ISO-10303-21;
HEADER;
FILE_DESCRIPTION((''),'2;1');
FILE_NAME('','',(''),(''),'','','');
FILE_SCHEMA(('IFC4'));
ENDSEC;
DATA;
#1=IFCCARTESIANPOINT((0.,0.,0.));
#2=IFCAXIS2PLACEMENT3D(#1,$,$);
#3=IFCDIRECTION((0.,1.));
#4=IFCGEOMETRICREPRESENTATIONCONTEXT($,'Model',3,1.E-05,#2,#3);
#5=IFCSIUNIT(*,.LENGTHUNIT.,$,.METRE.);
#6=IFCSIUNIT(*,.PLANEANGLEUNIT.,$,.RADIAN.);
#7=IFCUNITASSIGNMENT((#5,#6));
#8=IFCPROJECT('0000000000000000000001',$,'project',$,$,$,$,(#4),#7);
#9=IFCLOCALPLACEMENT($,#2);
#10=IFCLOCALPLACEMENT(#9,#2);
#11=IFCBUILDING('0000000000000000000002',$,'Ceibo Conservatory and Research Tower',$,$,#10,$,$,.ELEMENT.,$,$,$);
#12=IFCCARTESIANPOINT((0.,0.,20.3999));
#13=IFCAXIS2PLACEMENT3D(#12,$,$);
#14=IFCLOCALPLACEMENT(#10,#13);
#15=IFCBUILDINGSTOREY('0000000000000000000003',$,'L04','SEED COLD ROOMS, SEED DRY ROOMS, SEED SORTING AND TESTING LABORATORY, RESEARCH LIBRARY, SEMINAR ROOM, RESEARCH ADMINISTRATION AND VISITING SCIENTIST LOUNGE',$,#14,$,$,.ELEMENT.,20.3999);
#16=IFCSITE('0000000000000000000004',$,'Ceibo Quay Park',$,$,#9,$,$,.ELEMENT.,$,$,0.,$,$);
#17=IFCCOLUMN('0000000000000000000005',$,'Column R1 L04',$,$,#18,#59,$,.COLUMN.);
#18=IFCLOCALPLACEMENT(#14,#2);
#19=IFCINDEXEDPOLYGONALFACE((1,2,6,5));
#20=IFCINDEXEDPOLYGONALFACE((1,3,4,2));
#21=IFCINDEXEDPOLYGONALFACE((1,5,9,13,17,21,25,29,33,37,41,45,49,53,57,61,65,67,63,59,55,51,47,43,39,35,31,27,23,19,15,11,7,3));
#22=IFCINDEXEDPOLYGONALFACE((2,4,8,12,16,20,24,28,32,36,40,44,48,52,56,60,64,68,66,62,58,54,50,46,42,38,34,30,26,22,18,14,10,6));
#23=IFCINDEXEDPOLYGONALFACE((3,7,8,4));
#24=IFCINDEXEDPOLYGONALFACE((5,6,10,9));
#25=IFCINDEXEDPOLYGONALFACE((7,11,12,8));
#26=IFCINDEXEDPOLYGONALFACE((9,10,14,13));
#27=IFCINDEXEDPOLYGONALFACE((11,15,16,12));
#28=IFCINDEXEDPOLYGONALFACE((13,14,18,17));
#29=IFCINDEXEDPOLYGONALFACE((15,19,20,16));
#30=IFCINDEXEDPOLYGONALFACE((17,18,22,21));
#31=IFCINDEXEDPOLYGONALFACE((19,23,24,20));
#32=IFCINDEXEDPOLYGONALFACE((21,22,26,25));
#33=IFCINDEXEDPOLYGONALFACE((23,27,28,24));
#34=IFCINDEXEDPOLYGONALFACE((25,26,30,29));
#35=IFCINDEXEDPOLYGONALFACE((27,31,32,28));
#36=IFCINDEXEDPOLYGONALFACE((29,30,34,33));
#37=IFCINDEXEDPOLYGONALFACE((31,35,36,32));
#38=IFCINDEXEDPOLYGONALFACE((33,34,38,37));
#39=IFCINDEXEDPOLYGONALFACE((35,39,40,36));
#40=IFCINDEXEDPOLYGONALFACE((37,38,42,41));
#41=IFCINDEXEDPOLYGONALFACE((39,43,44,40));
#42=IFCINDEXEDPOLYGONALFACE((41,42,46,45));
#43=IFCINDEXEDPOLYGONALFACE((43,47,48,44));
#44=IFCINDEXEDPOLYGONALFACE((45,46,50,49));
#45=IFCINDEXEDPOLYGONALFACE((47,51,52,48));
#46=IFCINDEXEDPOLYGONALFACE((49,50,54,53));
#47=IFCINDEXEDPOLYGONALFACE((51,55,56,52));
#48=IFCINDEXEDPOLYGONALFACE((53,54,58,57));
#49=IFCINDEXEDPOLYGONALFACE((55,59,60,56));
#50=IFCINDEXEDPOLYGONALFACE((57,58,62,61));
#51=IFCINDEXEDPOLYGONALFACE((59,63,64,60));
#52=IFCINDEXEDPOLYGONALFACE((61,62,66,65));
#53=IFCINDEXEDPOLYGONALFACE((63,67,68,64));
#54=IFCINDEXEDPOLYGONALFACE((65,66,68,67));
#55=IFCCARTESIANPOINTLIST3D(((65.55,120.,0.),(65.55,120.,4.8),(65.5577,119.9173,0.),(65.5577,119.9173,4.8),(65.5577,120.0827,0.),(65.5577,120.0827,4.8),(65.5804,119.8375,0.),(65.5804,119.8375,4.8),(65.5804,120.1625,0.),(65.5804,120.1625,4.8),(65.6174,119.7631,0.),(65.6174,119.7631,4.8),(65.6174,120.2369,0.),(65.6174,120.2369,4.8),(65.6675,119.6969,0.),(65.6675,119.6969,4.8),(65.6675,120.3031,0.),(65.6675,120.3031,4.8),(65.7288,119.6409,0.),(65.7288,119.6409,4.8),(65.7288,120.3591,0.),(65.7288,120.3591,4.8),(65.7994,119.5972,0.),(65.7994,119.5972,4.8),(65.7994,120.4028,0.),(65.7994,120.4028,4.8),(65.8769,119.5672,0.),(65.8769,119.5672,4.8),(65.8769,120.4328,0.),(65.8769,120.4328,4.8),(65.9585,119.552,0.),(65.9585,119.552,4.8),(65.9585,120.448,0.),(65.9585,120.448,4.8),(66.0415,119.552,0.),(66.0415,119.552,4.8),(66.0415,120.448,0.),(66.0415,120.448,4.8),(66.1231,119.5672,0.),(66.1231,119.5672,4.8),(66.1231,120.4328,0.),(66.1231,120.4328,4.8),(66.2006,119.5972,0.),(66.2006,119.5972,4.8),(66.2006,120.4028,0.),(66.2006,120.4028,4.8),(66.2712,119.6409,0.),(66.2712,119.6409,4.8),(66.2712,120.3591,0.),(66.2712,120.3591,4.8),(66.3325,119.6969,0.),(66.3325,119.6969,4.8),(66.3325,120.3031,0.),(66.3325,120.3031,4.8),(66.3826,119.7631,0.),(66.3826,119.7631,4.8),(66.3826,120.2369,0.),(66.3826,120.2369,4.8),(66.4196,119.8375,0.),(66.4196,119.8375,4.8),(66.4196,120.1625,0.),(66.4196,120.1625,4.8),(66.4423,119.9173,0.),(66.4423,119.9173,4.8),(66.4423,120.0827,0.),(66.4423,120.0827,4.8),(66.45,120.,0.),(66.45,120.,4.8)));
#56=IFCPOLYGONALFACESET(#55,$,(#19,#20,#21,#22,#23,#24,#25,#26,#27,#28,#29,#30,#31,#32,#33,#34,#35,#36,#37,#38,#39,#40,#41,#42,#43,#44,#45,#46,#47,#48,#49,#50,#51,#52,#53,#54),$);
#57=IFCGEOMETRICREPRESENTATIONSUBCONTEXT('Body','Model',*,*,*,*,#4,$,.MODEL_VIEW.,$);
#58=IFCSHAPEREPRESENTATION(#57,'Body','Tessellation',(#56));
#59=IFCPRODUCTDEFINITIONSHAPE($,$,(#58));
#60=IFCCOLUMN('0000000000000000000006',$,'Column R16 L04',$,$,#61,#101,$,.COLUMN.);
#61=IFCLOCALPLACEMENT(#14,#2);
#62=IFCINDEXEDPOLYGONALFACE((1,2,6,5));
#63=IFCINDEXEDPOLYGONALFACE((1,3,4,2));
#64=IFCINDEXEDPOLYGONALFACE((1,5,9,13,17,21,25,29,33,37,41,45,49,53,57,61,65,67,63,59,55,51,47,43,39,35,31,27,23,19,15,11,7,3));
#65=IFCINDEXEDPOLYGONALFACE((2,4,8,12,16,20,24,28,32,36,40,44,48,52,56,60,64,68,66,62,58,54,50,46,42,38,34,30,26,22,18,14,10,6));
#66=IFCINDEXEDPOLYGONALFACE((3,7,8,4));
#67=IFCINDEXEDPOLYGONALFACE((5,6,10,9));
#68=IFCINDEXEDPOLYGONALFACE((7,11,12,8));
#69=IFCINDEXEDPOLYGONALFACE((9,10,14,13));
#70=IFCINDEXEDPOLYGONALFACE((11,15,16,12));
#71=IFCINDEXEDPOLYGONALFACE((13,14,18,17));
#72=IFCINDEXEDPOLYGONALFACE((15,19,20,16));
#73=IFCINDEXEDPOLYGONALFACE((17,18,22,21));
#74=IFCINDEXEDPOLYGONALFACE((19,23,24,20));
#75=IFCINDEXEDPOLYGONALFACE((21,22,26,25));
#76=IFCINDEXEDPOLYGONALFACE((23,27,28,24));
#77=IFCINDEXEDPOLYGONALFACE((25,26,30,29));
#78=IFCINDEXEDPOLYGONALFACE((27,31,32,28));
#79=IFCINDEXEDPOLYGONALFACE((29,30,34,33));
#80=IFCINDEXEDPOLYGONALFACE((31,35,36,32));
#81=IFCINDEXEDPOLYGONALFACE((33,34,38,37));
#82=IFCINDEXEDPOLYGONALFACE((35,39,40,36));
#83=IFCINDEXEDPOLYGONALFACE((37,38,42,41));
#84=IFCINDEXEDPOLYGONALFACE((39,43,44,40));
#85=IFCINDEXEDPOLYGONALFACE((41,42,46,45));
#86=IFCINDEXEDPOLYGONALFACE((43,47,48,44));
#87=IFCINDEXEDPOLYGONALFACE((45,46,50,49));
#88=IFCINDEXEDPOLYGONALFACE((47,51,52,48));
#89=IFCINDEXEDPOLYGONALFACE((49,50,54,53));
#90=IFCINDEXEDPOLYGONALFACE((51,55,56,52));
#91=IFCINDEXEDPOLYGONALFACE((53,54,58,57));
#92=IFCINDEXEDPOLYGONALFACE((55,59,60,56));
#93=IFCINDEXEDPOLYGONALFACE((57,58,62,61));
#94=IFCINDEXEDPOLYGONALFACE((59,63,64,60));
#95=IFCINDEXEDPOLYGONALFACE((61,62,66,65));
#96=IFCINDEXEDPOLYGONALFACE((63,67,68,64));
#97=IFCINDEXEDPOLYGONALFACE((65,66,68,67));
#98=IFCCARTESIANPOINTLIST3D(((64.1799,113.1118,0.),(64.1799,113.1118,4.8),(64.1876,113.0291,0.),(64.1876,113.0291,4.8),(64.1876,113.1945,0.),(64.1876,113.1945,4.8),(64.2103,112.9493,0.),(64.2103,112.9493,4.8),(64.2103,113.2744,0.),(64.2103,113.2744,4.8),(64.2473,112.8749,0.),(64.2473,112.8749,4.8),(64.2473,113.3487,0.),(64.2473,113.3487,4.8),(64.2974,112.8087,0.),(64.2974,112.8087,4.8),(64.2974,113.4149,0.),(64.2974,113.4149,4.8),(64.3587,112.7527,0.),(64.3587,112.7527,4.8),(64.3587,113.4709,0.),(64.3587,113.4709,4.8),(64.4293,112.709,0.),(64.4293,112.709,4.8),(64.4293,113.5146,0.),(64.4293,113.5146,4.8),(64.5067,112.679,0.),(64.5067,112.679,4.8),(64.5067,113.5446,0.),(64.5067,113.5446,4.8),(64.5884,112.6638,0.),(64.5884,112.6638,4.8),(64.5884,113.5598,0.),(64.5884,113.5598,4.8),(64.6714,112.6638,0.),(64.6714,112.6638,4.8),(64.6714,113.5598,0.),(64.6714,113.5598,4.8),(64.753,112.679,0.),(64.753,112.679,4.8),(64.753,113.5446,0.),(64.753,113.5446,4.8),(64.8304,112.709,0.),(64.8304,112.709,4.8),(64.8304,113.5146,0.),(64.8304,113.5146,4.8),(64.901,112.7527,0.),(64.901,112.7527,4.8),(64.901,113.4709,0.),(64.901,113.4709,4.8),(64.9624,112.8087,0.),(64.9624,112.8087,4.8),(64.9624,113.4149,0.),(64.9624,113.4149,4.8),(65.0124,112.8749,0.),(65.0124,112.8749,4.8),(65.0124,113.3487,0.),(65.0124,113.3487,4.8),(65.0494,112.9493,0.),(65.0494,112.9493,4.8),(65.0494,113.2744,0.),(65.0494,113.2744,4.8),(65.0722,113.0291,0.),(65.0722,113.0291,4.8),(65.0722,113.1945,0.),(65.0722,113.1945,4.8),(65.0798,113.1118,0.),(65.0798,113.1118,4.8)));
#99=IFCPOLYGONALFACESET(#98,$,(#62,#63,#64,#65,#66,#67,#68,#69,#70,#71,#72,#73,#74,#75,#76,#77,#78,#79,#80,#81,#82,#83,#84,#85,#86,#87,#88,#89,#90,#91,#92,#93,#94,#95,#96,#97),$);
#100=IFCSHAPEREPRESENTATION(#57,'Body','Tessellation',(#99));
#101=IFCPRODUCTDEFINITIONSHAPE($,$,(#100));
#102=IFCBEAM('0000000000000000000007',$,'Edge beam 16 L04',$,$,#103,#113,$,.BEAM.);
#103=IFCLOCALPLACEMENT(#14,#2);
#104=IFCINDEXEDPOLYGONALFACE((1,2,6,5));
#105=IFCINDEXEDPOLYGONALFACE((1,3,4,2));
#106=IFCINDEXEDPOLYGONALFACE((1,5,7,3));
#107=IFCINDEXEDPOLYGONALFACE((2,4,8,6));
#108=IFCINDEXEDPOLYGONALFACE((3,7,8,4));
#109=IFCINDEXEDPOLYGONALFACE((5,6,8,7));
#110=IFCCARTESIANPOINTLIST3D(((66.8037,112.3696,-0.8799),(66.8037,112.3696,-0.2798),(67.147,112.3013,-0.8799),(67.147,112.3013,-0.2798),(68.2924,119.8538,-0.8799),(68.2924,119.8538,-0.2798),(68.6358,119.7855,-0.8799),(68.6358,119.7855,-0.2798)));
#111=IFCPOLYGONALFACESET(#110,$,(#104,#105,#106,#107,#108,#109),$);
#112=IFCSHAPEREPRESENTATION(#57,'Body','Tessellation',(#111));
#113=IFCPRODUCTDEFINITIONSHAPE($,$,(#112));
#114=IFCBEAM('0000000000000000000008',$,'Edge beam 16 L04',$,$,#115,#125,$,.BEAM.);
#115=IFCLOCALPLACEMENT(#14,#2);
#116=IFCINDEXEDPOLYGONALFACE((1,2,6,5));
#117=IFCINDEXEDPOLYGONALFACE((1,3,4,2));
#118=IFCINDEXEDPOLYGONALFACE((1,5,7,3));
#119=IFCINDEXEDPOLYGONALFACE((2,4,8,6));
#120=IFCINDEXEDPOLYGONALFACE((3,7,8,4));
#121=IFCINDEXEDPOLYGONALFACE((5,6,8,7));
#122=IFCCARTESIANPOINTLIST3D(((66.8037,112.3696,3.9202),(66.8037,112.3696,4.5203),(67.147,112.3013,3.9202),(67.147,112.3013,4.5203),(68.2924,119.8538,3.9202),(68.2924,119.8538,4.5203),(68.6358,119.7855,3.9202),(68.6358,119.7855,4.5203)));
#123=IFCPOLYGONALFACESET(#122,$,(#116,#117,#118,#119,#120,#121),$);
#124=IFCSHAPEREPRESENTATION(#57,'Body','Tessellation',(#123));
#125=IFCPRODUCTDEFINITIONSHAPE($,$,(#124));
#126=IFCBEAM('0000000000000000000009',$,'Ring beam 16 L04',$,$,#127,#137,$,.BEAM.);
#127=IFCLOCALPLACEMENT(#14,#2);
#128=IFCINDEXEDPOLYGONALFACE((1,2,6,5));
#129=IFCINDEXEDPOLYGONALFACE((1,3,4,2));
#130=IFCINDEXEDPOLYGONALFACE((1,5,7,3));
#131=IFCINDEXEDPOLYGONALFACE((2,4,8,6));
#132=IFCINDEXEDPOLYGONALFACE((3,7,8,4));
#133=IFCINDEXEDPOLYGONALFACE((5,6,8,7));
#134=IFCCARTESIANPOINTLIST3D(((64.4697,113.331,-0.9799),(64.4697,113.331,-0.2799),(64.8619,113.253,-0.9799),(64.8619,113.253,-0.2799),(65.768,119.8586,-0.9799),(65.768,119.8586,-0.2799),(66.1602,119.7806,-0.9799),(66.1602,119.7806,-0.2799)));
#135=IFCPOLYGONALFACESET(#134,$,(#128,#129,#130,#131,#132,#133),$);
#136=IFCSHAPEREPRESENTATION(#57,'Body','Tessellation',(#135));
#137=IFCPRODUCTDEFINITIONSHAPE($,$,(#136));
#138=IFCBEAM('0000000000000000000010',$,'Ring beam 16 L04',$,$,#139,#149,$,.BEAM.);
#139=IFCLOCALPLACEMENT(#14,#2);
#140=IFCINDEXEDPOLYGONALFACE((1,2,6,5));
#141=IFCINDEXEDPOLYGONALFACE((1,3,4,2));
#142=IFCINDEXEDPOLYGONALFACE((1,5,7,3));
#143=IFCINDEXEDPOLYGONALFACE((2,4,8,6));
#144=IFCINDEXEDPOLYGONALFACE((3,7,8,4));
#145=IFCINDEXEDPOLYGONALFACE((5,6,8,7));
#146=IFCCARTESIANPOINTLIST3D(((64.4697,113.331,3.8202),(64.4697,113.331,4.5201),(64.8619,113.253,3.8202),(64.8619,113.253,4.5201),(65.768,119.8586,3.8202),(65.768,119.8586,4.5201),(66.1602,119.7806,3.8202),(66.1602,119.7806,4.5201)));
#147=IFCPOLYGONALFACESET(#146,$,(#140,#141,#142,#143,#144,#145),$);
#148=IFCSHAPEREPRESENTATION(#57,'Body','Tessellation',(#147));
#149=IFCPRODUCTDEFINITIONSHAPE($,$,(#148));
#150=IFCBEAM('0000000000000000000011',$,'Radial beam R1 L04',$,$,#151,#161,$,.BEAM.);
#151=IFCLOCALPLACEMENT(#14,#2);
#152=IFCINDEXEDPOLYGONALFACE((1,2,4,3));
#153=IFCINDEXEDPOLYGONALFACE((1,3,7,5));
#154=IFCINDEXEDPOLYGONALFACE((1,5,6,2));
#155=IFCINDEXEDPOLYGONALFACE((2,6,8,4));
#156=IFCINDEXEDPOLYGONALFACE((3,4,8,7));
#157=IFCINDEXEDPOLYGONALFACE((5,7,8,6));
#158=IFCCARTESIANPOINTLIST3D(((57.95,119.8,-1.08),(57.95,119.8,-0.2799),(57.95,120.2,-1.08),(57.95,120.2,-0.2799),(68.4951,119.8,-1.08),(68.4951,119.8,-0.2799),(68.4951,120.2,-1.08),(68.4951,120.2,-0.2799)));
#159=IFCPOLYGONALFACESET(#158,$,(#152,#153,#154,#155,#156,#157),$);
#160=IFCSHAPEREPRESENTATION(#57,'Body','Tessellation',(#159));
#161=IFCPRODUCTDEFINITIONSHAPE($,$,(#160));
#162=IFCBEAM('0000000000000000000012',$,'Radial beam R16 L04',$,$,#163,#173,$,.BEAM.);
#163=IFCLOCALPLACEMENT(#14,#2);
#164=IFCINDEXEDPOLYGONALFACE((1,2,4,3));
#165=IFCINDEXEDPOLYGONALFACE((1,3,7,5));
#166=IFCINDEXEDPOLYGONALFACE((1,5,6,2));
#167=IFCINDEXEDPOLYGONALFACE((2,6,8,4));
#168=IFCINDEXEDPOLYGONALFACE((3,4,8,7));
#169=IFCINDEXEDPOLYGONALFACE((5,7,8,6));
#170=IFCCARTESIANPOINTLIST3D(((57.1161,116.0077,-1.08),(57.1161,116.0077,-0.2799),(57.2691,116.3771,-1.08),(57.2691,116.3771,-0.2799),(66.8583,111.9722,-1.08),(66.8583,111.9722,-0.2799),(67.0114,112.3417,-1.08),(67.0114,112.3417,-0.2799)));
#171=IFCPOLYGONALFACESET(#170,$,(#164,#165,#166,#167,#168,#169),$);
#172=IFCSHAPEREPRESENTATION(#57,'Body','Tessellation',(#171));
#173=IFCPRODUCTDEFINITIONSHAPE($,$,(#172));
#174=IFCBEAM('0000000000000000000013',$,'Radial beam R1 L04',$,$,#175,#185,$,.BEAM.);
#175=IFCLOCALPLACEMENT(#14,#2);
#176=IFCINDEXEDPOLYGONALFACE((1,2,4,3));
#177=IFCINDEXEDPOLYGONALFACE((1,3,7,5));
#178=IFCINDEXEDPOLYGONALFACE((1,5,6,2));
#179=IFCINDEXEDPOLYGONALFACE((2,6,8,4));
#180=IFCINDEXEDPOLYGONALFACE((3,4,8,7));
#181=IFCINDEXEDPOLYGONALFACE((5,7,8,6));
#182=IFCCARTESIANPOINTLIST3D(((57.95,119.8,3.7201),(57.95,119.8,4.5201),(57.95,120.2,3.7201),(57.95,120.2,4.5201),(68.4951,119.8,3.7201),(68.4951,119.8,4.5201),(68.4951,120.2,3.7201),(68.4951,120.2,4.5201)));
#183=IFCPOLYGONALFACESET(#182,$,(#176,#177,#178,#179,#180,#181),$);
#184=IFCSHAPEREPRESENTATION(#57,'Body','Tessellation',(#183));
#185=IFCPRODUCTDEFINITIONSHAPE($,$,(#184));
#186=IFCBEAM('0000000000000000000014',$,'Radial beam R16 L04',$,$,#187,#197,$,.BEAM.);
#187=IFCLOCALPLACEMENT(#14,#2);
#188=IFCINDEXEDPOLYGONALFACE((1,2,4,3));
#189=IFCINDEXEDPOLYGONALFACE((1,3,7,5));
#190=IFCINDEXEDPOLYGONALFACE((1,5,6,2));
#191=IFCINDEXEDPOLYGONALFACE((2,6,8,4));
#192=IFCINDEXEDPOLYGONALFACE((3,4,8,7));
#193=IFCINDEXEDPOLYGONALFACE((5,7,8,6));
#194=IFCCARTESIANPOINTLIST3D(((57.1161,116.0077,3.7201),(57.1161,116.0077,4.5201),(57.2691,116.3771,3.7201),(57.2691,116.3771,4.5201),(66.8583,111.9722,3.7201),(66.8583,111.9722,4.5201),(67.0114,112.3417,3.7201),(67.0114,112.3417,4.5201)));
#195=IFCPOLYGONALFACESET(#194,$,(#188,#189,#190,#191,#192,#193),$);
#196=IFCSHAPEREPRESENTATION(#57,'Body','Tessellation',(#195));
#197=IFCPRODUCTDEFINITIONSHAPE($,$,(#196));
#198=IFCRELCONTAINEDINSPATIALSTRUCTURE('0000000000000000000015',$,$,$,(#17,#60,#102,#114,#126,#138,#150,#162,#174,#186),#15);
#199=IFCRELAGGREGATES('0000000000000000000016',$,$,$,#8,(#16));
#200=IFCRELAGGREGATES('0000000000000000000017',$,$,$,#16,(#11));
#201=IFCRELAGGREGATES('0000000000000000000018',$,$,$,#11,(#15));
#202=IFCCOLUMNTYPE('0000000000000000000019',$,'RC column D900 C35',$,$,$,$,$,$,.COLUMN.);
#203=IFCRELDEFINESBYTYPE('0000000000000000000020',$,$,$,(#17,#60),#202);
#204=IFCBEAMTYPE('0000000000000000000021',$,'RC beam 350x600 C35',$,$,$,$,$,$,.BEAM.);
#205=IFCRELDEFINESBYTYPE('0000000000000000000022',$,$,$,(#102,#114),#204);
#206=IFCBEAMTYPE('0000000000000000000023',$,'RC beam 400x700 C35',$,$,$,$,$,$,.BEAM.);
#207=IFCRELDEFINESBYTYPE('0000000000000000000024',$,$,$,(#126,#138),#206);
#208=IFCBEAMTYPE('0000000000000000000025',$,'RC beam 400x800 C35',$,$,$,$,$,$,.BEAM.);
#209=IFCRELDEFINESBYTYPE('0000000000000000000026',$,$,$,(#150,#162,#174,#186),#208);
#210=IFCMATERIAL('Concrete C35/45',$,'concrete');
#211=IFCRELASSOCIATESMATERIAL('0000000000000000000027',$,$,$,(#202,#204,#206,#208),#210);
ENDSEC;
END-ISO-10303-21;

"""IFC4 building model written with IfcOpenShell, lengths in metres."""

from ifc_helpers import new_model, si_unit, direction, frame, origin, origin_2d, place, context, subcontext, project, spatial, rectangle, circle, extrude, material, material_profile, profile_set, type_object, element, save


model = new_model("IFC4")

# Units and contexts
model_context = context("Model", 3, precision=1e-05, world=origin(), true_north=direction((0.0, 1.0)))
body_context = subcontext(model_context, "Body", "Model", "MODEL_VIEW")
ifc_project = project(units=[si_unit("LENGTHUNIT", "METRE"), si_unit("PLANEANGLEUNIT", "RADIAN")], contexts=[model_context])

# Site, building, storey
site_placement = place(None, origin())
site = spatial("IfcSite", under=ifc_project, at=site_placement, Name="Ceibo Quay Park", CompositionType="ELEMENT", RefElevation=0.0)
building_placement = place(site_placement, origin())
building = spatial("IfcBuilding", under=site, at=building_placement, Name="Ceibo Conservatory and Research Tower", CompositionType="ELEMENT")
storey_placement = place(building_placement, frame((0.0, 0.0, 20.3999)))
storey = spatial("IfcBuildingStorey", under=building, at=storey_placement, Name="L04", Description="SEED COLD ROOMS, SEED DRY ROOMS, SEED SORTING AND TESTING LABORATORY, RESEARCH LIBRARY, SEMINAR ROOM, RESEARCH ADMINISTRATION AND VISITING SCIENTIST LOUNGE", CompositionType="ELEMENT", Elevation=20.3999)

# Columns
ifc_material_1 = material(Name="Concrete C35/45", Category="concrete")
ifc_material_profile_1 = material_profile(ifc_material_1, circle(Radius=0.45, at=origin_2d()), Name="RC D900")
ifc_profile_set_1 = profile_set([ifc_material_profile_1], Name="Concrete C35/45")
column_type = type_object("IfcColumnType", Name="RC column D900 C35", PredefinedType="COLUMN", material=ifc_profile_set_1)
for number, where, z_axis, x_axis, name in (
    (1, (66.0, 120.0, 0.0), (0.0, 0.0, 1.0), (1.0, 0.0, 0.0), "Column R1 L04"),
    (2, (64.6299, 113.1118, 0.0), (0.0, 0.0, 1.0), (1.0, 0.0, 0.0), "Column R16 L04"),
):
    element("IfcColumn", number, at=place(storey_placement, frame(where, z_axis=z_axis, x_axis=x_axis)), inside=storey, type_object=column_type, Name=name, PredefinedType="COLUMN", context=body_context, shape_type="SweptSolid", body=[
        extrude(circle(Radius=0.45, at=origin_2d()), origin(), (0.0, 0.0, 1.0), 4.8),
    ])

# Beams
ifc_material_profile_2 = material_profile(ifc_material_1, rectangle(XDim=0.3501, YDim=0.6001, at=origin_2d()), Name="RC 350x600")
ifc_profile_set_2 = profile_set([ifc_material_profile_2], Name="Concrete C35/45")
beam_type_1 = type_object("IfcBeamType", Name="RC beam 350x600 C35", PredefinedType="BEAM", material=ifc_profile_set_2)
for number, where, z_axis, x_axis, name in (
    (3, (66.9753, 112.3354, -0.5798), (0.195101, 0.980783, 0.0), (-0.980783, 0.195101, 0.0), "Edge beam 16 L04"),
    (4, (66.9753, 112.3354, 4.2202), (0.195101, 0.980783, 0.0), (-0.980783, 0.195101, 0.0), "Edge beam 16 L04"),
):
    element("IfcBeam", number, at=place(storey_placement, frame(where, z_axis=z_axis, x_axis=x_axis)), inside=storey, type_object=beam_type_1, Name=name, PredefinedType="BEAM", context=body_context, shape_type="SweptSolid", body=[
        extrude(rectangle(XDim=0.3501, YDim=0.6001, at=origin_2d()), origin(), (0.0, 0.0, 1.0), 7.6309),
    ])
ifc_material_profile_3 = material_profile(ifc_material_1, rectangle(XDim=0.3999, YDim=0.7, at=origin_2d()), Name="RC 400x700")
ifc_profile_set_3 = profile_set([ifc_material_profile_3], Name="Concrete C35/45")
beam_type_2 = type_object("IfcBeamType", Name="RC beam 400x700 C35", PredefinedType="BEAM", material=ifc_profile_set_3)
for number, where, z_axis, x_axis, name in (
    (5, (64.6658, 113.292, -0.6299), (0.195079, 0.980788, 0.0), (-0.980788, 0.195079, 0.0), "Ring beam 16 L04"),
    (6, (64.6658, 113.292, 4.1702), (0.195079, 0.980788, 0.0), (-0.980788, 0.195079, 0.0), "Ring beam 16 L04"),
):
    element("IfcBeam", number, at=place(storey_placement, frame(where, z_axis=z_axis, x_axis=x_axis)), inside=storey, type_object=beam_type_2, Name=name, PredefinedType="BEAM", context=body_context, shape_type="SweptSolid", body=[
        extrude(rectangle(XDim=0.3999, YDim=0.7, at=origin_2d()), origin(), (0.0, 0.0, 1.0), 6.6555),
    ])
ifc_material_profile_4 = material_profile(ifc_material_1, rectangle(XDim=0.3999, YDim=0.8, at=origin_2d()), Name="RC 400x800")
ifc_profile_set_4 = profile_set([ifc_material_profile_4], Name="Concrete C35/45")
beam_type_3 = type_object("IfcBeamType", Name="RC beam 400x800 C35", PredefinedType="BEAM", material=ifc_profile_set_4)
beam_1_placement = place(storey_placement, frame((57.95, 120.0, -0.6799), z_axis=(1.0, 0.0, 0.0), x_axis=(0.0, 1.0, 0.0)))
element("IfcBeam", 7, at=beam_1_placement, inside=storey, type_object=beam_type_3, Name="Radial beam R1 L04", PredefinedType="BEAM", context=body_context, shape_type="SweptSolid", body=[
    extrude(rectangle(XDim=0.3999, YDim=0.8, at=origin_2d()), origin(), (0.0, 0.0, 1.0), 10.5452),
])
beam_2_placement = place(storey_placement, frame((57.1926, 116.1924, -0.6799), z_axis=(0.923878, -0.382688, 0.0), x_axis=(0.382688, 0.923878, 0.0)))
element("IfcBeam", 8, at=beam_2_placement, inside=storey, type_object=beam_type_3, Name="Radial beam R16 L04", PredefinedType="BEAM", context=body_context, shape_type="SweptSolid", body=[
    extrude(rectangle(XDim=0.3999, YDim=0.8, at=origin_2d()), origin(), (0.0, 0.0, 1.0), 10.5449),
])
beam_3_placement = place(storey_placement, frame((57.95, 120.0, 4.1201), z_axis=(1.0, 0.0, 0.0), x_axis=(0.0, 1.0, 0.0)))
element("IfcBeam", 9, at=beam_3_placement, inside=storey, type_object=beam_type_3, Name="Radial beam R1 L04", PredefinedType="BEAM", context=body_context, shape_type="SweptSolid", body=[
    extrude(rectangle(XDim=0.3999, YDim=0.8, at=origin_2d()), origin(), (0.0, 0.0, 1.0), 10.5452),
])
beam_4_placement = place(storey_placement, frame((57.1926, 116.1924, 4.1201), z_axis=(0.923878, -0.382688, 0.0), x_axis=(0.382688, 0.923878, 0.0)))
element("IfcBeam", 10, at=beam_4_placement, inside=storey, type_object=beam_type_3, Name="Radial beam R16 L04", PredefinedType="BEAM", context=body_context, shape_type="SweptSolid", body=[
    extrude(rectangle(XDim=0.3999, YDim=0.8, at=origin_2d()), origin(), (0.0, 0.0, 1.0), 10.5449),
])

save(model, "model.ifc")
